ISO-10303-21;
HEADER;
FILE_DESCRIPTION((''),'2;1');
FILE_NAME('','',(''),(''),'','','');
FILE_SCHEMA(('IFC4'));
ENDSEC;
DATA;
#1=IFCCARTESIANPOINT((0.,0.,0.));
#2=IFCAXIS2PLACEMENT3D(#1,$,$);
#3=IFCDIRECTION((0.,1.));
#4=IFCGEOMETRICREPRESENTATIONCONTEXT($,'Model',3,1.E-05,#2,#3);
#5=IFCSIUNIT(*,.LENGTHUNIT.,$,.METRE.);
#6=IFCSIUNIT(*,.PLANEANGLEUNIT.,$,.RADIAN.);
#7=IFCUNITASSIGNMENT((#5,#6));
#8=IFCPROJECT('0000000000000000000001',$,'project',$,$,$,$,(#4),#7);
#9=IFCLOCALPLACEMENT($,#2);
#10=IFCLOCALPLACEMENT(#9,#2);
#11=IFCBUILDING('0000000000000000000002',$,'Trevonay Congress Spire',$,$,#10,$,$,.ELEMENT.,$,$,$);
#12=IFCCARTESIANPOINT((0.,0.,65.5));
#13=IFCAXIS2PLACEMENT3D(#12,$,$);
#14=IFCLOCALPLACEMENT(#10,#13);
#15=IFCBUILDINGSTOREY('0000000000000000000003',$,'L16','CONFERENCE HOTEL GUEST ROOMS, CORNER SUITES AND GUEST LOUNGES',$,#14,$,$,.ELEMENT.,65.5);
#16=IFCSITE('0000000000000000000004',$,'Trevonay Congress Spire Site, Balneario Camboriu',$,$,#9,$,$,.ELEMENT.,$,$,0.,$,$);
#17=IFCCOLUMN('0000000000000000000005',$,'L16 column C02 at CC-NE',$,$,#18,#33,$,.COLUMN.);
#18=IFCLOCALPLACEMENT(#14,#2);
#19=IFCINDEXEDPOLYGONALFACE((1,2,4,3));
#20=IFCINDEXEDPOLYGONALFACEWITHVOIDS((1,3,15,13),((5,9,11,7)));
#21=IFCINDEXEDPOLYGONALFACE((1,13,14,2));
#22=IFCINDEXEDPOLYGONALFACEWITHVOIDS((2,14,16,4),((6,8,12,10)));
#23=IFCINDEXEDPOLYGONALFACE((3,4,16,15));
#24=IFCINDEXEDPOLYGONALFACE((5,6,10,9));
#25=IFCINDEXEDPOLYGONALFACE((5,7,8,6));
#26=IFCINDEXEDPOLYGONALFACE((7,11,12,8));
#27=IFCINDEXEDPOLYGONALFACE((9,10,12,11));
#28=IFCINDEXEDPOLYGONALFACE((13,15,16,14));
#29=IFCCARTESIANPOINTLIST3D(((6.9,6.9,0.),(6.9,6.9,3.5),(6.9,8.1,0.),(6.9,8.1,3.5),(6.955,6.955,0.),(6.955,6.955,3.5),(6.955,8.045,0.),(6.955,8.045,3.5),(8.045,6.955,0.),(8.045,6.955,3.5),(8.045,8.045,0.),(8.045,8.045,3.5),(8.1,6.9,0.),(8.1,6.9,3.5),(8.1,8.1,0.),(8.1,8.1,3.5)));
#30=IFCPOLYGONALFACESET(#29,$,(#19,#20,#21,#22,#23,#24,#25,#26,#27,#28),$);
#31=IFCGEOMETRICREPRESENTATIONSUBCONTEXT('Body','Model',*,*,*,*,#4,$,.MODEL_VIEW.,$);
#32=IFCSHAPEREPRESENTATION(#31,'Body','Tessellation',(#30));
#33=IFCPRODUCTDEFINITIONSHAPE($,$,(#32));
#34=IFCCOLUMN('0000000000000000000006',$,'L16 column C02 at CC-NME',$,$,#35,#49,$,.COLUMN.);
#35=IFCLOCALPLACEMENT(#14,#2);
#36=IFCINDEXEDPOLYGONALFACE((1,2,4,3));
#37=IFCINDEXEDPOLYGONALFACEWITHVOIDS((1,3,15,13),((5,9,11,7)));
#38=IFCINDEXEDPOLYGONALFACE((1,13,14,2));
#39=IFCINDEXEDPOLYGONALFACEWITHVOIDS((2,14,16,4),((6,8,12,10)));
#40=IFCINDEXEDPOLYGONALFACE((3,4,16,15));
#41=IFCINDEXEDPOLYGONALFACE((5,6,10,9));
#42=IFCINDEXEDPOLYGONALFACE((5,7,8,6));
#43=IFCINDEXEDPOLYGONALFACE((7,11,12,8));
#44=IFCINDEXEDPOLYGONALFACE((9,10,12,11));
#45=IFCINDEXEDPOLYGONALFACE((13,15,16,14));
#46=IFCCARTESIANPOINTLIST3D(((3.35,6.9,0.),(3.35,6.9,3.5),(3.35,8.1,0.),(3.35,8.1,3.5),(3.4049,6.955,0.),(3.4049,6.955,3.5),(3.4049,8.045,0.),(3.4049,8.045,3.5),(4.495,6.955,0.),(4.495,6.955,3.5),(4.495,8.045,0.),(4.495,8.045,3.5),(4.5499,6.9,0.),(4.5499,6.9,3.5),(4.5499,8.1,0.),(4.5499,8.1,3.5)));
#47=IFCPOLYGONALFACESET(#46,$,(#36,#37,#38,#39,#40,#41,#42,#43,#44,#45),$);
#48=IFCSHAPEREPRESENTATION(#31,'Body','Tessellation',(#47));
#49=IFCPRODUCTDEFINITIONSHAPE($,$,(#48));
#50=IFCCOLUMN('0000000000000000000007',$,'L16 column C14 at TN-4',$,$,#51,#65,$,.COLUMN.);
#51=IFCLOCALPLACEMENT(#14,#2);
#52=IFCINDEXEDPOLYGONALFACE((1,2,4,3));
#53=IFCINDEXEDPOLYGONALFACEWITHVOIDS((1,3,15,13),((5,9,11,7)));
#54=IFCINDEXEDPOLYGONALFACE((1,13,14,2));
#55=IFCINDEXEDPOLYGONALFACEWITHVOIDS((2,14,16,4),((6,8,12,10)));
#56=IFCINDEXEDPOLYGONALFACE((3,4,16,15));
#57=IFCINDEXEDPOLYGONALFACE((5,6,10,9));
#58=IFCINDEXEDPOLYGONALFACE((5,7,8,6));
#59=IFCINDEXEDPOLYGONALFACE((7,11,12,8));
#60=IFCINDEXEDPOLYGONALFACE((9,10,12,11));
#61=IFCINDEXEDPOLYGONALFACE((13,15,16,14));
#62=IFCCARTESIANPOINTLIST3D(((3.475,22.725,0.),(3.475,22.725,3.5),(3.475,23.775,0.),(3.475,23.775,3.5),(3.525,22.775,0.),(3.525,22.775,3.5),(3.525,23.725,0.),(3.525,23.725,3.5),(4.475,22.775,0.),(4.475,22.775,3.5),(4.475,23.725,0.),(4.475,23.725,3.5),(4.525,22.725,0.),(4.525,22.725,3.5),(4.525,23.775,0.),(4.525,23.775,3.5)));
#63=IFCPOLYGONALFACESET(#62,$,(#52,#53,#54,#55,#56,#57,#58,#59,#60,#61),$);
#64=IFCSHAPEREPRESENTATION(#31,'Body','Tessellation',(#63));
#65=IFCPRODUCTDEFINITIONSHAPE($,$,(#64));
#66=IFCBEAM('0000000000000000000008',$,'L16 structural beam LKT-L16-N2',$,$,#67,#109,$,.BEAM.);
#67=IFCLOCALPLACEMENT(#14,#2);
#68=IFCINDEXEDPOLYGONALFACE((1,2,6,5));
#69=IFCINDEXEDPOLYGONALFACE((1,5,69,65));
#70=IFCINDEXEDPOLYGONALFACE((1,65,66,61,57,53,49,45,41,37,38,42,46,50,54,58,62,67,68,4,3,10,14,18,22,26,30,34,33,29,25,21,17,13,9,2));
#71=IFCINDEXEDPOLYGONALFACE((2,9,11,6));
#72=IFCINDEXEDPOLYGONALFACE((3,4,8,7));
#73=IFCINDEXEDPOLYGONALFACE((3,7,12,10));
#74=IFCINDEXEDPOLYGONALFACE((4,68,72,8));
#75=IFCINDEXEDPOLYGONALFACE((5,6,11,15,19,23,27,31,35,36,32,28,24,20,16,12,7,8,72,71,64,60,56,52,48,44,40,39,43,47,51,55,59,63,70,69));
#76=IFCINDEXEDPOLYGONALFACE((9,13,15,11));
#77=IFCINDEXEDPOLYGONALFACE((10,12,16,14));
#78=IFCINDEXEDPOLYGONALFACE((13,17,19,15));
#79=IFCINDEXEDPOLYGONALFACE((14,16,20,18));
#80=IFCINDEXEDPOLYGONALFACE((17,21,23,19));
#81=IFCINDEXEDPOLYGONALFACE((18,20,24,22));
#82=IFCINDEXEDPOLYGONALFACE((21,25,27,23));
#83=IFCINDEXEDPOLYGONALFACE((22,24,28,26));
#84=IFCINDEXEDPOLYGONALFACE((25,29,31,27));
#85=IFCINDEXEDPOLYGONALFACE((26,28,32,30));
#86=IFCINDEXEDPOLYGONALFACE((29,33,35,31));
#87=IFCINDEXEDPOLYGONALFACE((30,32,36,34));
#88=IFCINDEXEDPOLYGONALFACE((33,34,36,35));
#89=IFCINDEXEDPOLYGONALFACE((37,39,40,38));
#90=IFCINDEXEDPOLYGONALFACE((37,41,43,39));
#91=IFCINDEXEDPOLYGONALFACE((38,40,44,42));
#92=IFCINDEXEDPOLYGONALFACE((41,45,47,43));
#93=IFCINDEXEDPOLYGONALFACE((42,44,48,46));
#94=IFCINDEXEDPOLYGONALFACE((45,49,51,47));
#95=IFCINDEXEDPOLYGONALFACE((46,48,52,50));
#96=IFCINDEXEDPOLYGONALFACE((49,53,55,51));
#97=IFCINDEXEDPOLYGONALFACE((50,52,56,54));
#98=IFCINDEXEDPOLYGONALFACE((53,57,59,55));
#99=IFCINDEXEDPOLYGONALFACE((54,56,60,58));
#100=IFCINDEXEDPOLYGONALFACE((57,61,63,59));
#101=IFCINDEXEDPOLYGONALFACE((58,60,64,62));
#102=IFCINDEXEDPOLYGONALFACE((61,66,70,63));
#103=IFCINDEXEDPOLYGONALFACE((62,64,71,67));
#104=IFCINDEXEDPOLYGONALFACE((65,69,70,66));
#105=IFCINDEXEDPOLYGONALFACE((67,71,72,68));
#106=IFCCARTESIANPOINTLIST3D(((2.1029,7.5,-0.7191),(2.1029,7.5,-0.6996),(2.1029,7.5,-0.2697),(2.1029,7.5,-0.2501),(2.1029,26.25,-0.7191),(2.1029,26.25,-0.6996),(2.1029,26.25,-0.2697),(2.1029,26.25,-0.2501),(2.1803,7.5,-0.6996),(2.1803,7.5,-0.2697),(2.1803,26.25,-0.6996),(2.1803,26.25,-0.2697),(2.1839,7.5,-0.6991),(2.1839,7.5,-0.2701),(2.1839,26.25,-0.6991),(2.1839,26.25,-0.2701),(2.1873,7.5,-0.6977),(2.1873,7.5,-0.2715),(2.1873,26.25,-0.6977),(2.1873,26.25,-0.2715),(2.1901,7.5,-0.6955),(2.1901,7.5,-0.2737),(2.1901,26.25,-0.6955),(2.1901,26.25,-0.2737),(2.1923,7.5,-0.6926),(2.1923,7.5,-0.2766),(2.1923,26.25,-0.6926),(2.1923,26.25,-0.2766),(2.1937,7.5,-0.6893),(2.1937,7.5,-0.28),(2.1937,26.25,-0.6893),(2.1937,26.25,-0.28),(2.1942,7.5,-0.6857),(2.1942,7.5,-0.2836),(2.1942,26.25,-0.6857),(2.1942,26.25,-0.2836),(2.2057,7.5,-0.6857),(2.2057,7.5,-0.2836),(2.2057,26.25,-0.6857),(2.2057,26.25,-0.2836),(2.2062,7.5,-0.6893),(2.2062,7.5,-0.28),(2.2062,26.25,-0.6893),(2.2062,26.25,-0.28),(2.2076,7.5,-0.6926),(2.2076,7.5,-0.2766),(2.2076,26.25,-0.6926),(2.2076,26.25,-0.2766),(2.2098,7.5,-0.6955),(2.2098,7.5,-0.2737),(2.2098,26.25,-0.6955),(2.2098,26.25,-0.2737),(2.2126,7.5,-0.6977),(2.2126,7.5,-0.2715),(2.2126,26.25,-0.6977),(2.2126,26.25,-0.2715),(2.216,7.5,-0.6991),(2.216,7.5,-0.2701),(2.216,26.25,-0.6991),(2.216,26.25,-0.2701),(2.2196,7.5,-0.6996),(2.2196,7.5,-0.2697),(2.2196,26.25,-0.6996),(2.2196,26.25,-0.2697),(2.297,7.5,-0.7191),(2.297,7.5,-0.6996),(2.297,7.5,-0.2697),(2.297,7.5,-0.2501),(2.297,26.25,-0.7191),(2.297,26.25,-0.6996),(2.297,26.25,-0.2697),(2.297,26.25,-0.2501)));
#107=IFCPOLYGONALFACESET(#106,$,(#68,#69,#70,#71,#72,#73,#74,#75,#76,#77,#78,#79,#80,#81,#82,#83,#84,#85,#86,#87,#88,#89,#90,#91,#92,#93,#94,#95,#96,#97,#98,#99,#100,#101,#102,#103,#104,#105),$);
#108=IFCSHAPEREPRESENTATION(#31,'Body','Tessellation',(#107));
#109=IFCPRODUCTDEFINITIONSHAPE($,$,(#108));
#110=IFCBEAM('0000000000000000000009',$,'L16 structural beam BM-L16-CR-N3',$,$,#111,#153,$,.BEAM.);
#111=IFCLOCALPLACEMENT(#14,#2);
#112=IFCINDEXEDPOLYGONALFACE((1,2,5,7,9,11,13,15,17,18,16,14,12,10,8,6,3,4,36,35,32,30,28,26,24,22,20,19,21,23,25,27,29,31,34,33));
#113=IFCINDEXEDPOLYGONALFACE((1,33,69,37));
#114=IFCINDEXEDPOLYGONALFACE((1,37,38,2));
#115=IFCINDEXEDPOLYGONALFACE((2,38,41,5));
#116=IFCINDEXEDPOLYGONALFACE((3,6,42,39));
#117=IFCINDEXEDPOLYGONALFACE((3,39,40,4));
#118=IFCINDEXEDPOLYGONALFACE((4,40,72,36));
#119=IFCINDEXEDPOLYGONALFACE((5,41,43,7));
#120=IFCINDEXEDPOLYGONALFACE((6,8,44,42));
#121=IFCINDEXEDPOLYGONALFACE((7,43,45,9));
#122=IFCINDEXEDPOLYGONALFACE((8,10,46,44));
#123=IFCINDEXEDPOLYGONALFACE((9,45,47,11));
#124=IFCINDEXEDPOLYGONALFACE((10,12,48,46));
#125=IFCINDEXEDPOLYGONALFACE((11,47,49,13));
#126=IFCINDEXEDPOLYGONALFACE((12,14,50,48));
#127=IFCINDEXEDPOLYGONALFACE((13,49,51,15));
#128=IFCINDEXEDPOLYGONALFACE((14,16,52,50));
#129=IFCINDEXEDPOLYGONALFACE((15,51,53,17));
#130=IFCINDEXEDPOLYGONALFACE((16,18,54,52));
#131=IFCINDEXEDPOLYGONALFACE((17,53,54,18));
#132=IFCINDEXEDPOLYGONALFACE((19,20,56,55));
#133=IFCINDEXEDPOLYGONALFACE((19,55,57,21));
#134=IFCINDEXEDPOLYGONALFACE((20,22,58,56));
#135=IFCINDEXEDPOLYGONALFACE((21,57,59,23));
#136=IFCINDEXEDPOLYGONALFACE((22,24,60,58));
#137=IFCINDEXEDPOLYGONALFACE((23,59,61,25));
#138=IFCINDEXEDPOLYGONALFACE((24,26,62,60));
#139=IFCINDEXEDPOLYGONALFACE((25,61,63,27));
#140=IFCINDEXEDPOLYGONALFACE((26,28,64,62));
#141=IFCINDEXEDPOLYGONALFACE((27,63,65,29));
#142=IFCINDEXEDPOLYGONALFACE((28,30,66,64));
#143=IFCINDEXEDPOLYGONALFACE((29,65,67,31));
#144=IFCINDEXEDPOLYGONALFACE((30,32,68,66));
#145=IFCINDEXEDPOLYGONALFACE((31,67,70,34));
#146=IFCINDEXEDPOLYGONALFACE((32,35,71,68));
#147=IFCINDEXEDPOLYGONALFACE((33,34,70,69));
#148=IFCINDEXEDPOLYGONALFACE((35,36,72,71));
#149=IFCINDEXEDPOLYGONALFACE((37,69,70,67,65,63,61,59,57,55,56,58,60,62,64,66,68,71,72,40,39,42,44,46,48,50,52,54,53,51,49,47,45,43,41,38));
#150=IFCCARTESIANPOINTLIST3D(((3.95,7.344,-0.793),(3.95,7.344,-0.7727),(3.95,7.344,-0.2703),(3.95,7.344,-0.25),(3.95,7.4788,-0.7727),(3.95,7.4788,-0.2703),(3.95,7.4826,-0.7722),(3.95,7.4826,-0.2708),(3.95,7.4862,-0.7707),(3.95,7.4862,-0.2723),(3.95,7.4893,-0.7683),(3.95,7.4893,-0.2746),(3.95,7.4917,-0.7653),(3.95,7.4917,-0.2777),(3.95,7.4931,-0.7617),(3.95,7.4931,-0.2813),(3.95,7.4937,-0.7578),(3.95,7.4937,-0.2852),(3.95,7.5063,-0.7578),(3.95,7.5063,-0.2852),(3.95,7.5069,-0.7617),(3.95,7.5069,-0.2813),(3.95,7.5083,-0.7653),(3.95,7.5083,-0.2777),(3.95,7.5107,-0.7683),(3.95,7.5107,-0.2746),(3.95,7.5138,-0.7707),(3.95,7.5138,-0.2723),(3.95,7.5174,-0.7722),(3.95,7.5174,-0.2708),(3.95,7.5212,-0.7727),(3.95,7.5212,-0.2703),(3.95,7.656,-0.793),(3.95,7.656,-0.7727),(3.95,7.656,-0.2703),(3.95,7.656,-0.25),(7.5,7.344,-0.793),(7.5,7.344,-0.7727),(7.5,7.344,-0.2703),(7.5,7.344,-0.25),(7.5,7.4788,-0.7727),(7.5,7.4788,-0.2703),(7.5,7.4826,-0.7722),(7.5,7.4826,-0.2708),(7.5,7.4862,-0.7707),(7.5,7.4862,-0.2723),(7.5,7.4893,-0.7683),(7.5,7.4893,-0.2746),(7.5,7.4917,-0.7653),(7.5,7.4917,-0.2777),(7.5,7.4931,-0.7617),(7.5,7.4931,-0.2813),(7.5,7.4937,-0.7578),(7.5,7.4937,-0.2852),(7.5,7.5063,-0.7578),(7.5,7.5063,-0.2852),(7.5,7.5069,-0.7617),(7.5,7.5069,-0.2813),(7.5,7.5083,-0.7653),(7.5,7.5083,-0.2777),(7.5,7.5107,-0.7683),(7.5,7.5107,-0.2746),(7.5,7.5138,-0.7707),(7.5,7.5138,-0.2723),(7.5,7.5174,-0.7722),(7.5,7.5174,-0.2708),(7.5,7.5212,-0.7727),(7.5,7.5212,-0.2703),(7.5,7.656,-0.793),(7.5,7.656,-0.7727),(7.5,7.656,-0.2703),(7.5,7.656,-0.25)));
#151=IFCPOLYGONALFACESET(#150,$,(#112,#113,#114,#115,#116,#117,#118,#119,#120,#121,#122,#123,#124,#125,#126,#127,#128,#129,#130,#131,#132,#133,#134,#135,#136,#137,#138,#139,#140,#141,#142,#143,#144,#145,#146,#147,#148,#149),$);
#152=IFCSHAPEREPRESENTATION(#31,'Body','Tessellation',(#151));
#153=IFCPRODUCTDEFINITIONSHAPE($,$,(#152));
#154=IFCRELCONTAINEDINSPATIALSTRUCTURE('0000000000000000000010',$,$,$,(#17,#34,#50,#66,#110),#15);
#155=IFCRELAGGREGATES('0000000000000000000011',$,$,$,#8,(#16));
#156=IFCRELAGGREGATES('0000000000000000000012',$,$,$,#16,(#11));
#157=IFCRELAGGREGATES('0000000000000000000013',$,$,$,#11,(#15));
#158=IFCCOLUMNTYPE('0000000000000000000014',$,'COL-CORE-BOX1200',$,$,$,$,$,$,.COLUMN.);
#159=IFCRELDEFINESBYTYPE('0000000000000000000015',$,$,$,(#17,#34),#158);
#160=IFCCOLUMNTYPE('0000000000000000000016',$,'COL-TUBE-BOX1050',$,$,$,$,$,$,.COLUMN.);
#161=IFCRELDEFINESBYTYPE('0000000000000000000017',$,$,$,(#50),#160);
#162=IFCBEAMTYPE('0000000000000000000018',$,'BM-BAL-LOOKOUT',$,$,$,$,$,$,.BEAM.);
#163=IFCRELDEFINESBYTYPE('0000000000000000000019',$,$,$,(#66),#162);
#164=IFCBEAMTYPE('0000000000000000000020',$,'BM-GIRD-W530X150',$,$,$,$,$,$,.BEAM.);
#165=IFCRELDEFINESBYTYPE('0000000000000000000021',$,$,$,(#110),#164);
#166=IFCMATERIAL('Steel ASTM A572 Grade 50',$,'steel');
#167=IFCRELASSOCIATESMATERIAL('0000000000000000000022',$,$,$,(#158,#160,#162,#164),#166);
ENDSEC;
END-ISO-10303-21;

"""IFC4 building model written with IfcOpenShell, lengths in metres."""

from ifc_helpers import new_model, si_unit, direction, frame, origin, origin_2d, place, context, subcontext, project, spatial, hollow_rectangle, i_section, extrude, material, material_profile, profile_set, type_object, element, save


model = new_model("IFC4")

# Units and contexts
model_context = context("Model", 3, precision=1e-05, world=origin(), true_north=direction((0.0, 1.0)))
body_context = subcontext(model_context, "Body", "Model", "MODEL_VIEW")
ifc_project = project(units=[si_unit("LENGTHUNIT", "METRE"), si_unit("PLANEANGLEUNIT", "RADIAN")], contexts=[model_context])

# Site, building, storey
site_placement = place(None, origin())
site = spatial("IfcSite", under=ifc_project, at=site_placement, Name="Trevonay Congress Spire Site, Balneario Camboriu", CompositionType="ELEMENT", RefElevation=0.0)
building_placement = place(site_placement, origin())
building = spatial("IfcBuilding", under=site, at=building_placement, Name="Trevonay Congress Spire", CompositionType="ELEMENT")
storey_placement = place(building_placement, frame((0.0, 0.0, 65.5)))
storey = spatial("IfcBuildingStorey", under=building, at=storey_placement, Name="L16", Description="CONFERENCE HOTEL GUEST ROOMS, CORNER SUITES AND GUEST LOUNGES", CompositionType="ELEMENT", Elevation=65.5)

# Columns
ifc_material_1 = material(Name="Steel ASTM A572 Grade 50", Category="steel")
ifc_material_profile_1 = material_profile(ifc_material_1, hollow_rectangle(XDim=1.2, YDim=1.2, WallThickness=0.0549, at=origin_2d()), Name="BOX 1200x1200x55")
ifc_profile_set_1 = profile_set([ifc_material_profile_1], Name="Steel ASTM A572 Grade 50")
column_type_1 = type_object("IfcColumnType", Name="COL-CORE-BOX1200", PredefinedType="COLUMN", material=ifc_profile_set_1)
for number, where, z_axis, x_axis, name in (
    (1, (7.5, 7.5, 0.0), (0.0, 0.0, 1.0), (1.0, 0.0, 0.0), "L16 column C02 at CC-NE"),
    (2, (3.95, 7.5, 0.0), (0.0, 0.0, 1.0), (1.0, 0.0, 0.0), "L16 column C02 at CC-NME"),
):
    element("IfcColumn", number, at=place(storey_placement, frame(where, z_axis=z_axis, x_axis=x_axis)), inside=storey, type_object=column_type_1, Name=name, PredefinedType="COLUMN", context=body_context, shape_type="SweptSolid", body=[
        extrude(hollow_rectangle(XDim=1.2, YDim=1.2, WallThickness=0.0549, at=origin_2d()), origin(), (0.0, 0.0, 1.0), 3.5),
    ])
ifc_material_profile_2 = material_profile(ifc_material_1, hollow_rectangle(XDim=1.05, YDim=1.05, WallThickness=0.05, at=origin_2d()), Name="BOX 1050x1050x50")
ifc_profile_set_2 = profile_set([ifc_material_profile_2], Name="Steel ASTM A572 Grade 50")
column_type_2 = type_object("IfcColumnType", Name="COL-TUBE-BOX1050", PredefinedType="COLUMN", material=ifc_profile_set_2)
column_placement = place(storey_placement, frame((4.0, 23.25, 0.0), z_axis=(0.0, 0.0, 1.0), x_axis=(1.0, 0.0, 0.0)))
element("IfcColumn", 3, at=column_placement, inside=storey, type_object=column_type_2, Name="L16 column C14 at TN-4", PredefinedType="COLUMN", context=body_context, shape_type="SweptSolid", body=[
    extrude(hollow_rectangle(XDim=1.05, YDim=1.05, WallThickness=0.05, at=origin_2d()), origin(), (0.0, 0.0, 1.0), 3.5),
])

# Beams
ifc_material_profile_3 = material_profile(ifc_material_1, i_section(OverallWidth=0.1941, OverallDepth=0.469, WebThickness=0.0115, FlangeThickness=0.0195, FilletRadius=0.0139, at=origin_2d()), Name="W460x106")
ifc_profile_set_3 = profile_set([ifc_material_profile_3], Name="Steel ASTM A572 Grade 50")
beam_type_1 = type_object("IfcBeamType", Name="BM-BAL-LOOKOUT", PredefinedType="BEAM", material=ifc_profile_set_3)
beam_1_placement = place(storey_placement, frame((2.2, 7.5, -0.4846), z_axis=(0.0, 1.0, 0.0), x_axis=(-1.0, 0.0, 0.0)))
element("IfcBeam", 4, at=beam_1_placement, inside=storey, type_object=beam_type_1, Name="L16 structural beam LKT-L16-N2", PredefinedType="BEAM", context=body_context, shape_type="SweptSolid", body=[
    extrude(i_section(OverallWidth=0.1941, OverallDepth=0.469, WebThickness=0.0115, FlangeThickness=0.0195, FilletRadius=0.0139, at=origin_2d()), origin(), (0.0, 0.0, 1.0), 18.75),
])
ifc_material_profile_4 = material_profile(ifc_material_1, i_section(OverallWidth=0.312, OverallDepth=0.543, WebThickness=0.0127, FlangeThickness=0.0203, FilletRadius=0.0149, at=origin_2d()), Name="W530x150")
ifc_profile_set_4 = profile_set([ifc_material_profile_4], Name="Steel ASTM A572 Grade 50")
beam_type_2 = type_object("IfcBeamType", Name="BM-GIRD-W530X150", PredefinedType="BEAM", material=ifc_profile_set_4)
beam_2_placement = place(storey_placement, frame((3.95, 7.5, -0.5215), z_axis=(1.0, 0.0, 0.0), x_axis=(0.0, 1.0, 0.0)))
element("IfcBeam", 5, at=beam_2_placement, inside=storey, type_object=beam_type_2, Name="L16 structural beam BM-L16-CR-N3", PredefinedType="BEAM", context=body_context, shape_type="SweptSolid", body=[
    extrude(i_section(OverallWidth=0.312, OverallDepth=0.543, WebThickness=0.0127, FlangeThickness=0.0203, FilletRadius=0.0149, at=origin_2d()), origin(), (0.0, 0.0, 1.0), 3.55),
])

save(model, "model.ifc")
